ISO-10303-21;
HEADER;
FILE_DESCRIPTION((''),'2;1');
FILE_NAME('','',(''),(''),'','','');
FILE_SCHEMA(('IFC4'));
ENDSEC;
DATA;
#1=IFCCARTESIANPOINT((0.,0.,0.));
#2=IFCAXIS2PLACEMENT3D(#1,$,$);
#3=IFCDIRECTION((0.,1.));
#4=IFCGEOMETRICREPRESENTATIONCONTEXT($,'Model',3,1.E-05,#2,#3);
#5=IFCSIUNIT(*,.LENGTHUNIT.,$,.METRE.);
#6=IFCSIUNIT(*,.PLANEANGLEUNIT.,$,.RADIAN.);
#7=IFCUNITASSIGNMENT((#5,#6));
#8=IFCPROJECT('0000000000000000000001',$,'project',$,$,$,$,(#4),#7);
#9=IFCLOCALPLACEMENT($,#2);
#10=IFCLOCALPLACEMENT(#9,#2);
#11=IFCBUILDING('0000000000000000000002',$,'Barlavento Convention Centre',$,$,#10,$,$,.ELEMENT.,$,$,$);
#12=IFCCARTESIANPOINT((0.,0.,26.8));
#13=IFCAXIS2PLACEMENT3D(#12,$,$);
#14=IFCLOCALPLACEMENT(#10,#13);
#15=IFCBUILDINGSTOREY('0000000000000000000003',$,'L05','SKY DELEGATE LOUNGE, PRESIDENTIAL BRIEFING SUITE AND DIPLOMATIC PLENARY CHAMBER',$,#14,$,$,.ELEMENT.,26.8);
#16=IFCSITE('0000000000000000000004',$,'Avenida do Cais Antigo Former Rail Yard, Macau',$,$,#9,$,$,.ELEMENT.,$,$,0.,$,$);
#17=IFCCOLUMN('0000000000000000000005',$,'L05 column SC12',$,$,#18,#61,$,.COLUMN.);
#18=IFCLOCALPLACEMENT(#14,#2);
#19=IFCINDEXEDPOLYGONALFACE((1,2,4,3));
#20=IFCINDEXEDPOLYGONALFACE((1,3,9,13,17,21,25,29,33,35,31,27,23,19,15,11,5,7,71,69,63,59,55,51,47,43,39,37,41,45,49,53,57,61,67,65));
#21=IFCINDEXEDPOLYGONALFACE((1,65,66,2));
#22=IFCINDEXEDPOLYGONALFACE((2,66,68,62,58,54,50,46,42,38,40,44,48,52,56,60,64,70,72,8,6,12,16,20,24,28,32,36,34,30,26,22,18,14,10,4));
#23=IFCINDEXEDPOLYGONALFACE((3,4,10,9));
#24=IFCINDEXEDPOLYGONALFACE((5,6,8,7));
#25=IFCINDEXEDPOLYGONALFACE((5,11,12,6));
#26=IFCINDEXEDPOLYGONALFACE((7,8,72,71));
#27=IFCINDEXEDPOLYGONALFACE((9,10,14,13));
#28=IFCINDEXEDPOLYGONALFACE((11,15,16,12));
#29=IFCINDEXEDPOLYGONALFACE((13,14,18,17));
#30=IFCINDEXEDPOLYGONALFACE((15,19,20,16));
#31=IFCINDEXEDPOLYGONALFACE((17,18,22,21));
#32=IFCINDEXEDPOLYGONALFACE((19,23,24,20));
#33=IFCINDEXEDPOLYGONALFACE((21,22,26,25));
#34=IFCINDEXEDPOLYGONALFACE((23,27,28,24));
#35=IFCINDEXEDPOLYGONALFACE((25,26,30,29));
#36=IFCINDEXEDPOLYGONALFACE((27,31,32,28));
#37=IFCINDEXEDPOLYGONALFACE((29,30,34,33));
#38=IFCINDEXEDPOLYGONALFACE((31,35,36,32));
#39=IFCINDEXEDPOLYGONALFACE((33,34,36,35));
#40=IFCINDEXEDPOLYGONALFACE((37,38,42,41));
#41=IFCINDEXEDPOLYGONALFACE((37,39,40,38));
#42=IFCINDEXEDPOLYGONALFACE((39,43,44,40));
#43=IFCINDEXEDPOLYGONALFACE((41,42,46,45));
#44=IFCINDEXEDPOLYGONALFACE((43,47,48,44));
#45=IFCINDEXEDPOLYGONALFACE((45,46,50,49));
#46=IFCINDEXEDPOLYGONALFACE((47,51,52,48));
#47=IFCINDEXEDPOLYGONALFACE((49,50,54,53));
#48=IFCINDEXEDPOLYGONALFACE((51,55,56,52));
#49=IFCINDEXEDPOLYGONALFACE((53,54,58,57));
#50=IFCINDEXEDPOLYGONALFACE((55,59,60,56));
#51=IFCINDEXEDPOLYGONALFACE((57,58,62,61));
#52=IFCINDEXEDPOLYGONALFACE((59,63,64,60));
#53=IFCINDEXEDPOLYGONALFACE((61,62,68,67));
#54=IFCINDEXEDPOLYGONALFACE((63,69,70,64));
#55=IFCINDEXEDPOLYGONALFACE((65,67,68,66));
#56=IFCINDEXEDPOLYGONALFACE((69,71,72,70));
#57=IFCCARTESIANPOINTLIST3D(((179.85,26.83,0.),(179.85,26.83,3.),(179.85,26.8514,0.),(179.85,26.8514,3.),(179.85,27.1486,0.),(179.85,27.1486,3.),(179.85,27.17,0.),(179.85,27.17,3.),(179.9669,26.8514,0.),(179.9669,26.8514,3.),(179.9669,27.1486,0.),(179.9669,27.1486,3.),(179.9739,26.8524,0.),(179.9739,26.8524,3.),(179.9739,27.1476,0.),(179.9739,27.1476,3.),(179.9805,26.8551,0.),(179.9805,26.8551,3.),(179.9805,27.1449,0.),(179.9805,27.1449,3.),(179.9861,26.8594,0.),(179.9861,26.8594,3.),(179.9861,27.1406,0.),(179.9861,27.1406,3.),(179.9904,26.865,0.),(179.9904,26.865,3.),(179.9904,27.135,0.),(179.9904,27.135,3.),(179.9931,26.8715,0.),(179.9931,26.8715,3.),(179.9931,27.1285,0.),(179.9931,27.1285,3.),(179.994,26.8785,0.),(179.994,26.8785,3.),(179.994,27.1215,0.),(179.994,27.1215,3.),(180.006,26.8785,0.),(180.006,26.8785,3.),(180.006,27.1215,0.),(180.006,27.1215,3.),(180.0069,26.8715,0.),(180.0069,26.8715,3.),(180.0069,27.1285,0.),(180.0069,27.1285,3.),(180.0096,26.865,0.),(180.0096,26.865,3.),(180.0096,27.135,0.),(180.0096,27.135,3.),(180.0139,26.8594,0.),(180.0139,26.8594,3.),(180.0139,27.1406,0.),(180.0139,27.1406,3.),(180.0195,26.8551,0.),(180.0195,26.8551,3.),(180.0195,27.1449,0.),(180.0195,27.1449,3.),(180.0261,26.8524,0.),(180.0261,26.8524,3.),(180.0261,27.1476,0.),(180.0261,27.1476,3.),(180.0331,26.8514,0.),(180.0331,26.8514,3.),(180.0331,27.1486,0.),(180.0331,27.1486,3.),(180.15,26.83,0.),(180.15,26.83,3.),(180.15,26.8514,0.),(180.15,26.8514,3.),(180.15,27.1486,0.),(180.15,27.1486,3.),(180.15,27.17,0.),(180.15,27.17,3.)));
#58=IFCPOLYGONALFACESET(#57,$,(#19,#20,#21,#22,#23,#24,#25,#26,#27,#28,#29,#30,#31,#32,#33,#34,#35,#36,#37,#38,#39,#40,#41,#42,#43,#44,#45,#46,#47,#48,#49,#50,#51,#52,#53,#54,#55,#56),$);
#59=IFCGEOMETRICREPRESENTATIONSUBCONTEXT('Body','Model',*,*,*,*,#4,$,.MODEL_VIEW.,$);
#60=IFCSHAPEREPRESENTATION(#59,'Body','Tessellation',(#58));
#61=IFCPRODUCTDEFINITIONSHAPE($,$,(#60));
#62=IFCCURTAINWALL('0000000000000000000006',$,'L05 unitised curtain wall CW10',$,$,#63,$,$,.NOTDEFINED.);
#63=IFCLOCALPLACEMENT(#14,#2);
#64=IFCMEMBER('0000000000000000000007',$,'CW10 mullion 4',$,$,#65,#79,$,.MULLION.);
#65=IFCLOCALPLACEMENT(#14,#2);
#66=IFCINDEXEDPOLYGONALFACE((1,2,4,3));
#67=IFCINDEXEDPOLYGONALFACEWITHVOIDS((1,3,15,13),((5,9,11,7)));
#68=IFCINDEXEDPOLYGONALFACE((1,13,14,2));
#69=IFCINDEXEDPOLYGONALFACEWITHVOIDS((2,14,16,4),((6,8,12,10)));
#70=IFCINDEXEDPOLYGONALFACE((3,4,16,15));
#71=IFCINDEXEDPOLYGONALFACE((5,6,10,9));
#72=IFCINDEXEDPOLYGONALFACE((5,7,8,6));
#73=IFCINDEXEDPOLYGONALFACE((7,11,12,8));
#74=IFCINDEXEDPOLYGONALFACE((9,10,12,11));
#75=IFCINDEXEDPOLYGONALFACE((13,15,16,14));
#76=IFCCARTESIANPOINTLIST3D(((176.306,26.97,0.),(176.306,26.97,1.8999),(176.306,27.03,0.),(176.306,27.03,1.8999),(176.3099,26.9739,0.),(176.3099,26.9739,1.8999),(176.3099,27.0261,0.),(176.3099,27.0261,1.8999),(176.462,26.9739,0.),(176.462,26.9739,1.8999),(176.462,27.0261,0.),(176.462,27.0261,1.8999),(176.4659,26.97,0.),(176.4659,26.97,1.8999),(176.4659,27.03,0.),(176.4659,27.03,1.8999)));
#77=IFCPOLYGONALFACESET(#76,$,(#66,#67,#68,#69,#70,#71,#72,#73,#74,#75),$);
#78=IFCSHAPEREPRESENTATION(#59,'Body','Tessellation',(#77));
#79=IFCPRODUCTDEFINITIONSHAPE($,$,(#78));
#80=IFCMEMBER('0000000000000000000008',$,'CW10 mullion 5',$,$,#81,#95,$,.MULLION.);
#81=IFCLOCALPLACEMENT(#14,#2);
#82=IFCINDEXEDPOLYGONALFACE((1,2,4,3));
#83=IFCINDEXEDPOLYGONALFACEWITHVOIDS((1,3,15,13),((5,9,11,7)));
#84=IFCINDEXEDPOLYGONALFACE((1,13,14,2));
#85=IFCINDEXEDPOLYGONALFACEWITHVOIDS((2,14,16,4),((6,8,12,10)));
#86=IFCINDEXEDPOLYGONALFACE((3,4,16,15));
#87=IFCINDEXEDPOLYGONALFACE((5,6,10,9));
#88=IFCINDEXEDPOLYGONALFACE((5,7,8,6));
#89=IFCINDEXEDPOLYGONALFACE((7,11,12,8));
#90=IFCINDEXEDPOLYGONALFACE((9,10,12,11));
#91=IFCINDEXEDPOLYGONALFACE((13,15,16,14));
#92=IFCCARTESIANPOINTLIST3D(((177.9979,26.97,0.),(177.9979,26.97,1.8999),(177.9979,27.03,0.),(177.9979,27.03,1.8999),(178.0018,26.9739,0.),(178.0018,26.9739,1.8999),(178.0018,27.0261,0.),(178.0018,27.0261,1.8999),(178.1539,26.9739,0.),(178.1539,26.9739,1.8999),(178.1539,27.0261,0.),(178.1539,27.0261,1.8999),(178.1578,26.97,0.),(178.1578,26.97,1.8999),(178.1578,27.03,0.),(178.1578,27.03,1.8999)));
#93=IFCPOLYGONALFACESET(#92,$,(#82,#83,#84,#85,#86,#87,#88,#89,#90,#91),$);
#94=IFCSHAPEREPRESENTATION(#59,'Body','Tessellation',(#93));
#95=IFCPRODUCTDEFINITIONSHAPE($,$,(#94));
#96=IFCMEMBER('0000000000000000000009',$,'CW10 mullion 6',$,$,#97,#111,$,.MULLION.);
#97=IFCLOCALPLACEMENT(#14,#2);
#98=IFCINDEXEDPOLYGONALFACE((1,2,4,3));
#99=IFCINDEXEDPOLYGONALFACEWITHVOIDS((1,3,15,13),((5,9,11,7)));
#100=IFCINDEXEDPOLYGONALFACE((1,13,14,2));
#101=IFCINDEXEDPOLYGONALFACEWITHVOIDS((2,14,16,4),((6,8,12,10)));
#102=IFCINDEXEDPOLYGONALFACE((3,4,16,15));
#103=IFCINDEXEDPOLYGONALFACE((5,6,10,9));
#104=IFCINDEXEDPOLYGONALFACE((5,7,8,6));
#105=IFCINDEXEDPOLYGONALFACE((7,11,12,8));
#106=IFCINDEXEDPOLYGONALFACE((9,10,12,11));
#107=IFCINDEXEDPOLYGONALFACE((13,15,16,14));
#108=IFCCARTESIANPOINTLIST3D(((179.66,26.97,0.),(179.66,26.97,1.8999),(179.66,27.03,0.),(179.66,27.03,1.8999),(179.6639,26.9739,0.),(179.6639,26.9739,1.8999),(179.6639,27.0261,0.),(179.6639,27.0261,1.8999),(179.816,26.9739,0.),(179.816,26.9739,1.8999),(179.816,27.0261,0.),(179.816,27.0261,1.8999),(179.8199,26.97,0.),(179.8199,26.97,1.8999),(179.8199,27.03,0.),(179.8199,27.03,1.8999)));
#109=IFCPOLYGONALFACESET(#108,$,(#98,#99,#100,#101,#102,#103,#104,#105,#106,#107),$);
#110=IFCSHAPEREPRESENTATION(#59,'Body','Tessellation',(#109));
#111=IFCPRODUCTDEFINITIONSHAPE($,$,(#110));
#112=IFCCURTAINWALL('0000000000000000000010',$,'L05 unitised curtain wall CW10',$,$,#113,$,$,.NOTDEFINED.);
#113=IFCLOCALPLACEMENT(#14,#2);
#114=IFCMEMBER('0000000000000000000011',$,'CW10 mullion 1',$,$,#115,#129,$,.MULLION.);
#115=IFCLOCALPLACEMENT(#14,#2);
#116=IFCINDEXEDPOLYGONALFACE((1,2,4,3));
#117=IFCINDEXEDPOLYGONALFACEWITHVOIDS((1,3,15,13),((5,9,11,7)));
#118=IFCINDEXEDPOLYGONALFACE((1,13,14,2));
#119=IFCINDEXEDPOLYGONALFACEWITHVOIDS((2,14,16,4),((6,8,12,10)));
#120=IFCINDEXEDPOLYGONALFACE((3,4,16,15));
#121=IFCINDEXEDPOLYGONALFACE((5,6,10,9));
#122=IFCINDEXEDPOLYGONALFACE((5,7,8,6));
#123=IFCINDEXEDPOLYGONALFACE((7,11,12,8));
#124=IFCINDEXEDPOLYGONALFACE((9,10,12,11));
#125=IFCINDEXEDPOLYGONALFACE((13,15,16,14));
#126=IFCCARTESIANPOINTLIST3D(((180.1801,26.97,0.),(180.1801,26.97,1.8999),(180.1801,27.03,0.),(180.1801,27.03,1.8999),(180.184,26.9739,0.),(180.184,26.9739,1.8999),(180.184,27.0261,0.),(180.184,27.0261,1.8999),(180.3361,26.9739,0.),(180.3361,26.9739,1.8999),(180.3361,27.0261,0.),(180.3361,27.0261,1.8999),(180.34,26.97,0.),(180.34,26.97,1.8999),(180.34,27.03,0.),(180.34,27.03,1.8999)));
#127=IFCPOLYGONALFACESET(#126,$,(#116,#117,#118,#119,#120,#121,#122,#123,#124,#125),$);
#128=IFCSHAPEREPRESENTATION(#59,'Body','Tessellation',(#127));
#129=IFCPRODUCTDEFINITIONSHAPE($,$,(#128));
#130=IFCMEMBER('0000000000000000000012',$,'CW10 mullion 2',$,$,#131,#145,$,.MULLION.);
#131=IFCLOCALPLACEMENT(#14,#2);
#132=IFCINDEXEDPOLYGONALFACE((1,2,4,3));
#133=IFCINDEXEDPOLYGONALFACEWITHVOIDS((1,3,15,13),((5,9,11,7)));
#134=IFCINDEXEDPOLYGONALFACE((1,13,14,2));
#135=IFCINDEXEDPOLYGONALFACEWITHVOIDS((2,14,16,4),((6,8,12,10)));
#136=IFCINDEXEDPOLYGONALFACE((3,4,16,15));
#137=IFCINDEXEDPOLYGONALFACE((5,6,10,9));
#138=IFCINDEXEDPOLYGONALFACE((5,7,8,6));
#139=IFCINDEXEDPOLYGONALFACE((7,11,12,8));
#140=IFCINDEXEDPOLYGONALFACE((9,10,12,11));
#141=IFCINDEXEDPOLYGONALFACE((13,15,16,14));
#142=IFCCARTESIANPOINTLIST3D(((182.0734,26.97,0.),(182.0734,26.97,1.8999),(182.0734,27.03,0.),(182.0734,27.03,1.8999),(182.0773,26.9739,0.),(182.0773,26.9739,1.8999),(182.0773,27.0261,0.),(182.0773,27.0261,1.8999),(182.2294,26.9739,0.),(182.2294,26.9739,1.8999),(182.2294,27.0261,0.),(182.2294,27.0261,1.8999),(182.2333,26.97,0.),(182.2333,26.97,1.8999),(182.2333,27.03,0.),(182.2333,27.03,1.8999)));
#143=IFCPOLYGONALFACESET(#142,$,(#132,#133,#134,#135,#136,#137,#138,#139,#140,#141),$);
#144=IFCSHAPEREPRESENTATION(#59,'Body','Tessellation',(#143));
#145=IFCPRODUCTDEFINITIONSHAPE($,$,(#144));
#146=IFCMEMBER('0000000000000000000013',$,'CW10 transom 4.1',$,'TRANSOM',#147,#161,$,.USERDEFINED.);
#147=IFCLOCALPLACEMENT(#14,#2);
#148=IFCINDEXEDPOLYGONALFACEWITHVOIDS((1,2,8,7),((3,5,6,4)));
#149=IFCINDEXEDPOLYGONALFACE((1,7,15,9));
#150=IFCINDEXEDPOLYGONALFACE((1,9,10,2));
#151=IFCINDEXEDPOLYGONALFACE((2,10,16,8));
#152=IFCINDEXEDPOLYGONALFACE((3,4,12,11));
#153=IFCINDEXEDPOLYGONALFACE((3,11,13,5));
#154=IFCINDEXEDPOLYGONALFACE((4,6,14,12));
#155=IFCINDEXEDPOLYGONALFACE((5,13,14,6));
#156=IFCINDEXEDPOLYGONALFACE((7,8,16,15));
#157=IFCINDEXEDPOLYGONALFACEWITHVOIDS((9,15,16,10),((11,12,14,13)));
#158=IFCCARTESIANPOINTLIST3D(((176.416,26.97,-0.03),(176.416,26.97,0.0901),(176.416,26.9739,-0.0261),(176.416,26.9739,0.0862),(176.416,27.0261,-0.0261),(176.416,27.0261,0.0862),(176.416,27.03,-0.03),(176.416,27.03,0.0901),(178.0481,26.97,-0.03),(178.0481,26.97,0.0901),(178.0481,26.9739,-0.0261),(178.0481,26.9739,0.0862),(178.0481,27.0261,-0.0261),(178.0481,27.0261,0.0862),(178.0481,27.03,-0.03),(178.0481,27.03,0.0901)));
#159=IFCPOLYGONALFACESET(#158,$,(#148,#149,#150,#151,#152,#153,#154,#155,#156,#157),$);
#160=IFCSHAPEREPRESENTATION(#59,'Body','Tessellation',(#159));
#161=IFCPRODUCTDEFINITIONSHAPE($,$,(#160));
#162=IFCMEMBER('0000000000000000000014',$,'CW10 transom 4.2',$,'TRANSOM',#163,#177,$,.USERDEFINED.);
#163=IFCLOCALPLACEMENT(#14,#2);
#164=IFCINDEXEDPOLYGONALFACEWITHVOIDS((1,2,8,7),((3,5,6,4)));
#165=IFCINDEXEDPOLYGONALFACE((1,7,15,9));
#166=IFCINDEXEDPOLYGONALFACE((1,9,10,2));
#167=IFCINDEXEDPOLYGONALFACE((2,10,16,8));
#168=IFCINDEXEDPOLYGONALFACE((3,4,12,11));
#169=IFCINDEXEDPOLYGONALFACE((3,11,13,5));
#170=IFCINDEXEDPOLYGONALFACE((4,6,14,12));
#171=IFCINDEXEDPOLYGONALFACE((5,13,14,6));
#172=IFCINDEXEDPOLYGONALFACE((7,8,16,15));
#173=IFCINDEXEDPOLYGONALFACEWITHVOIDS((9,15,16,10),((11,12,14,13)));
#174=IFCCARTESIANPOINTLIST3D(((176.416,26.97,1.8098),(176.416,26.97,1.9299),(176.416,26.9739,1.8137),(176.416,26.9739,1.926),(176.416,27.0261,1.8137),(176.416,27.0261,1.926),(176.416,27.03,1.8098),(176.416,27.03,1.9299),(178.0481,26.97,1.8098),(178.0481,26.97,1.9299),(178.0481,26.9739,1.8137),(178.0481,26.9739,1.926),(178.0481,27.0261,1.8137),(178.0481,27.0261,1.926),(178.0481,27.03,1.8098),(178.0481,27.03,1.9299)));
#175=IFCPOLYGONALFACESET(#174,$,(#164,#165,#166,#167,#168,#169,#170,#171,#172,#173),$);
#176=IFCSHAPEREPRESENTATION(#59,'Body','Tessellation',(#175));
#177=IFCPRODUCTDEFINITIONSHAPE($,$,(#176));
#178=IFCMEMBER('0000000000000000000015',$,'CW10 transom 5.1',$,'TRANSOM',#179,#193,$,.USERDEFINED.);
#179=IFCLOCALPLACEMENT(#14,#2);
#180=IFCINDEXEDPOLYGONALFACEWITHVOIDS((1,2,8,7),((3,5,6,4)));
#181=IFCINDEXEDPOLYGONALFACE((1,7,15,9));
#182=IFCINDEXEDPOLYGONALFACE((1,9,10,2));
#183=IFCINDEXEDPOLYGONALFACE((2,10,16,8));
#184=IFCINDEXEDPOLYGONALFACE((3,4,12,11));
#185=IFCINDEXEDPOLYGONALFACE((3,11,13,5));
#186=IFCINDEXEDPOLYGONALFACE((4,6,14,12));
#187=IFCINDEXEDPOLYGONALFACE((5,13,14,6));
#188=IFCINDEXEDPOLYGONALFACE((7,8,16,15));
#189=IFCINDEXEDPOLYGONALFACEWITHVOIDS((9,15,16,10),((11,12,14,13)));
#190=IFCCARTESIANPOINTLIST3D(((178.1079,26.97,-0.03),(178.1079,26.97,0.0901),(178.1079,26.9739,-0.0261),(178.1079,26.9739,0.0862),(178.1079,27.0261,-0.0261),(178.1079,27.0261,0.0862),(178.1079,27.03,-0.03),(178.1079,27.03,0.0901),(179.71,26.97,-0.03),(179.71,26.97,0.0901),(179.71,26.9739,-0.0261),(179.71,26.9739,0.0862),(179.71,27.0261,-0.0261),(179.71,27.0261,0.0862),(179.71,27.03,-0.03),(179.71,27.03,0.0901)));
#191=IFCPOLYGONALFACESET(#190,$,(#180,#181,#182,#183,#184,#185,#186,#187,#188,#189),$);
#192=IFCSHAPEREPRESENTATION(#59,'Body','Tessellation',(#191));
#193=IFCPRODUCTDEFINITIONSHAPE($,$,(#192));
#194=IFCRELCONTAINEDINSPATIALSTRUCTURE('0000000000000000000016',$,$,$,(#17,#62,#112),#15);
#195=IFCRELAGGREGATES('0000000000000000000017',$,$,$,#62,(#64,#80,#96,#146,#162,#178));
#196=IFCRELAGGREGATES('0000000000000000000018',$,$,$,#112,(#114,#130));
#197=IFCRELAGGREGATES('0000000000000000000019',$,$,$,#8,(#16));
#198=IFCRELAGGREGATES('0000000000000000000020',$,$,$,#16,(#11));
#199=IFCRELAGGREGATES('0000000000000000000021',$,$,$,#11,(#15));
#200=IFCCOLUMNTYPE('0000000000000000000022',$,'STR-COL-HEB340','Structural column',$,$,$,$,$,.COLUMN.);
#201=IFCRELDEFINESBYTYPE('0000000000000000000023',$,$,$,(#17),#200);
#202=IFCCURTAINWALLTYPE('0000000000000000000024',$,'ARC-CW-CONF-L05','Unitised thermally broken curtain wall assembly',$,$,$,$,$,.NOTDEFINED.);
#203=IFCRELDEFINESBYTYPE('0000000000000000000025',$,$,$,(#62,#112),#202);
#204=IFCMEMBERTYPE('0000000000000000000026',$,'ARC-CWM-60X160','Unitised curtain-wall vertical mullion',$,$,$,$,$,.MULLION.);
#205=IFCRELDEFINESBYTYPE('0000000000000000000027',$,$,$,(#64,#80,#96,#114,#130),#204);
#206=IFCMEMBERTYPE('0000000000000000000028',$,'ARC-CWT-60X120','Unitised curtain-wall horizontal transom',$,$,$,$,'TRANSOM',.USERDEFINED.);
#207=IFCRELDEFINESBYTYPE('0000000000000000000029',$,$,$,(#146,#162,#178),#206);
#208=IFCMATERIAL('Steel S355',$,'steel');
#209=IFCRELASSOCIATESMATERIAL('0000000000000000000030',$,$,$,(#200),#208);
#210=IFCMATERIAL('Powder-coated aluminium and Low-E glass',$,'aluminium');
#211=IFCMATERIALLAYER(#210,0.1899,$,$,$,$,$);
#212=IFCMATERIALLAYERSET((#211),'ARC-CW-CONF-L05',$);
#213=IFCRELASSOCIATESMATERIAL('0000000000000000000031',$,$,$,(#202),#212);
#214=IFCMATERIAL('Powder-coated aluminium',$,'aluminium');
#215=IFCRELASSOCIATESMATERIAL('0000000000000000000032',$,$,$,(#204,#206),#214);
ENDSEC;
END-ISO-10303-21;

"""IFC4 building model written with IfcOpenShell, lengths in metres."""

from ifc_helpers import new_model, si_unit, direction, frame, origin, origin_2d, place, context, subcontext, project, spatial, hollow_rectangle, i_section, extrude, material, layer, layer_set, material_profile, profile_set, type_object, element, aggregate, save


model = new_model("IFC4")

# Units and contexts
model_context = context("Model", 3, precision=1e-05, world=origin(), true_north=direction((0.0, 1.0)))
body_context = subcontext(model_context, "Body", "Model", "MODEL_VIEW")
ifc_project = project(units=[si_unit("LENGTHUNIT", "METRE"), si_unit("PLANEANGLEUNIT", "RADIAN")], contexts=[model_context])

# Site, building, storey
site_placement = place(None, origin())
site = spatial("IfcSite", under=ifc_project, at=site_placement, Name="Avenida do Cais Antigo Former Rail Yard, Macau", CompositionType="ELEMENT", RefElevation=0.0)
building_placement = place(site_placement, origin())
building = spatial("IfcBuilding", under=site, at=building_placement, Name="Barlavento Convention Centre", CompositionType="ELEMENT")
storey_placement = place(building_placement, frame((0.0, 0.0, 26.8)))
storey = spatial("IfcBuildingStorey", under=building, at=storey_placement, Name="L05", Description="SKY DELEGATE LOUNGE, PRESIDENTIAL BRIEFING SUITE AND DIPLOMATIC PLENARY CHAMBER", CompositionType="ELEMENT", Elevation=26.8)

# Column
ifc_material_1 = material(Name="Steel S355", Category="steel")
ifc_material_profile_1 = material_profile(ifc_material_1, i_section(OverallWidth=0.3, OverallDepth=0.3401, WebThickness=0.012, FlangeThickness=0.0215, FilletRadius=0.0271, at=origin_2d()), Name="HEB 340")
ifc_profile_set_1 = profile_set([ifc_material_profile_1], Name="Steel S355")
column_type = type_object("IfcColumnType", Name="STR-COL-HEB340", Description="Structural column", PredefinedType="COLUMN", material=ifc_profile_set_1)
column_placement = place(storey_placement, frame((180.0, 27.0, 0.0), z_axis=(0.0, 0.0, 1.0), x_axis=(1.0, 0.0, 0.0)))
element("IfcColumn", 1, at=column_placement, inside=storey, type_object=column_type, Name="L05 column SC12", PredefinedType="COLUMN", context=body_context, shape_type="SweptSolid", body=[
    extrude(i_section(OverallWidth=0.3, OverallDepth=0.3401, WebThickness=0.012, FlangeThickness=0.0215, FilletRadius=0.0271, at=origin_2d()), origin(), (0.0, 0.0, 1.0), 3.0),
])

# Curtain walls, members
ifc_material_2 = material(Name="Powder-coated aluminium and Low-E glass", Category="aluminium")
ifc_layer_1 = layer(ifc_material_2, 0.1899)
ifc_layer_set_1 = layer_set([ifc_layer_1], Name="ARC-CW-CONF-L05")
curtain_wall_type = type_object("IfcCurtainWallType", Name="ARC-CW-CONF-L05", Description="Unitised thermally broken curtain wall assembly", PredefinedType="NOTDEFINED", material=ifc_layer_set_1)
curtain_wall_1_placement = place(storey_placement, origin())
curtain_wall_1 = element("IfcCurtainWall", 2, at=curtain_wall_1_placement, inside=storey, type_object=curtain_wall_type, Name="L05 unitised curtain wall CW10", PredefinedType="NOTDEFINED")
ifc_material_3 = material(Name="Powder-coated aluminium", Category="aluminium")
ifc_material_profile_2 = material_profile(ifc_material_3, hollow_rectangle(XDim=0.0601, YDim=0.1599, WallThickness=0.0039, at=origin_2d()), Name="AL-MULL 60x160x4")
ifc_profile_set_2 = profile_set([ifc_material_profile_2], Name="Powder-coated aluminium")
member_type_1 = type_object("IfcMemberType", Name="ARC-CWM-60X160", Description="Unitised curtain-wall vertical mullion", PredefinedType="MULLION", material=ifc_profile_set_2)
member_1_placement = place(storey_placement, frame((176.386, 27.0, 0.0), z_axis=(0.0, 0.0, 1.0), x_axis=(0.0, 1.0, 0.0)))
member_1 = element("IfcMember", 3, at=member_1_placement, type_object=member_type_1, Name="CW10 mullion 4", PredefinedType="MULLION", context=body_context, shape_type="SweptSolid", body=[
    extrude(hollow_rectangle(XDim=0.0601, YDim=0.1599, WallThickness=0.0039, at=origin_2d()), origin(), (0.0, 0.0, 1.0), 1.8999),
])
member_2_placement = place(storey_placement, frame((178.0779, 27.0, 0.0), z_axis=(0.0, 0.0, 1.0), x_axis=(0.0, 1.0, 0.0)))
member_2 = element("IfcMember", 4, at=member_2_placement, type_object=member_type_1, Name="CW10 mullion 5", PredefinedType="MULLION", context=body_context, shape_type="SweptSolid", body=[
    extrude(hollow_rectangle(XDim=0.0601, YDim=0.1599, WallThickness=0.0039, at=origin_2d()), origin(), (0.0, 0.0, 1.0), 1.8999),
])
member_3_placement = place(storey_placement, frame((179.74, 27.0, 0.0), z_axis=(0.0, 0.0, 1.0), x_axis=(0.0, 1.0, 0.0)))
member_3 = element("IfcMember", 5, at=member_3_placement, type_object=member_type_1, Name="CW10 mullion 6", PredefinedType="MULLION", context=body_context, shape_type="SweptSolid", body=[
    extrude(hollow_rectangle(XDim=0.0601, YDim=0.1599, WallThickness=0.0039, at=origin_2d()), origin(), (0.0, 0.0, 1.0), 1.8999),
])
curtain_wall_2_placement = place(storey_placement, origin())
curtain_wall_2 = element("IfcCurtainWall", 6, at=curtain_wall_2_placement, inside=storey, type_object=curtain_wall_type, Name="L05 unitised curtain wall CW10", PredefinedType="NOTDEFINED")
member_4_placement = place(storey_placement, frame((180.26, 27.0, 0.0), z_axis=(0.0, 0.0, 1.0), x_axis=(0.0, 1.0, 0.0)))
member_4 = element("IfcMember", 7, at=member_4_placement, type_object=member_type_1, Name="CW10 mullion 1", PredefinedType="MULLION", context=body_context, shape_type="SweptSolid", body=[
    extrude(hollow_rectangle(XDim=0.0601, YDim=0.1599, WallThickness=0.0039, at=origin_2d()), origin(), (0.0, 0.0, 1.0), 1.8999),
])
member_5_placement = place(storey_placement, frame((182.1533, 27.0, 0.0), z_axis=(0.0, 0.0, 1.0), x_axis=(0.0, 1.0, 0.0)))
member_5 = element("IfcMember", 8, at=member_5_placement, type_object=member_type_1, Name="CW10 mullion 2", PredefinedType="MULLION", context=body_context, shape_type="SweptSolid", body=[
    extrude(hollow_rectangle(XDim=0.0601, YDim=0.1599, WallThickness=0.0039, at=origin_2d()), origin(), (0.0, 0.0, 1.0), 1.8999),
])

# Members
ifc_material_profile_3 = material_profile(ifc_material_3, hollow_rectangle(XDim=0.0601, YDim=0.1201, WallThickness=0.0039, at=origin_2d()), Name="AL-TRAN 60x120x4")
ifc_profile_set_3 = profile_set([ifc_material_profile_3], Name="Powder-coated aluminium")
member_type_2 = type_object("IfcMemberType", Name="ARC-CWT-60X120", Description="Unitised curtain-wall horizontal transom", ElementType="TRANSOM", PredefinedType="USERDEFINED", material=ifc_profile_set_3)
member_6_placement = place(storey_placement, frame((176.416, 27.0, 0.03), z_axis=(1.0, 0.0, 0.0), x_axis=(0.0, 1.0, 0.0)))
member_6 = element("IfcMember", 9, at=member_6_placement, type_object=member_type_2, Name="CW10 transom 4.1", ObjectType="TRANSOM", PredefinedType="USERDEFINED", context=body_context, shape_type="SweptSolid", body=[
    extrude(hollow_rectangle(XDim=0.0601, YDim=0.1201, WallThickness=0.0039, at=origin_2d()), origin(), (0.0, 0.0, 1.0), 1.6321),
])
member_7_placement = place(storey_placement, frame((176.416, 27.0, 1.8699), z_axis=(1.0, 0.0, 0.0), x_axis=(0.0, 1.0, 0.0)))
member_7 = element("IfcMember", 10, at=member_7_placement, type_object=member_type_2, Name="CW10 transom 4.2", ObjectType="TRANSOM", PredefinedType="USERDEFINED", context=body_context, shape_type="SweptSolid", body=[
    extrude(hollow_rectangle(XDim=0.0601, YDim=0.1201, WallThickness=0.0039, at=origin_2d()), origin(), (0.0, 0.0, 1.0), 1.6321),
])
member_8_placement = place(storey_placement, frame((178.1079, 27.0, 0.03), z_axis=(1.0, 0.0, 0.0), x_axis=(0.0, 1.0, 0.0)))
member_8 = element("IfcMember", 11, at=member_8_placement, type_object=member_type_2, Name="CW10 transom 5.1", ObjectType="TRANSOM", PredefinedType="USERDEFINED", context=body_context, shape_type="SweptSolid", body=[
    extrude(hollow_rectangle(XDim=0.0601, YDim=0.1201, WallThickness=0.0039, at=origin_2d()), origin(), (0.0, 0.0, 1.0), 1.6021),
])

aggregate(curtain_wall_1, [member_1, member_2, member_3, member_6, member_7, member_8])
aggregate(curtain_wall_2, [member_4, member_5])

save(model, "model.ifc")
